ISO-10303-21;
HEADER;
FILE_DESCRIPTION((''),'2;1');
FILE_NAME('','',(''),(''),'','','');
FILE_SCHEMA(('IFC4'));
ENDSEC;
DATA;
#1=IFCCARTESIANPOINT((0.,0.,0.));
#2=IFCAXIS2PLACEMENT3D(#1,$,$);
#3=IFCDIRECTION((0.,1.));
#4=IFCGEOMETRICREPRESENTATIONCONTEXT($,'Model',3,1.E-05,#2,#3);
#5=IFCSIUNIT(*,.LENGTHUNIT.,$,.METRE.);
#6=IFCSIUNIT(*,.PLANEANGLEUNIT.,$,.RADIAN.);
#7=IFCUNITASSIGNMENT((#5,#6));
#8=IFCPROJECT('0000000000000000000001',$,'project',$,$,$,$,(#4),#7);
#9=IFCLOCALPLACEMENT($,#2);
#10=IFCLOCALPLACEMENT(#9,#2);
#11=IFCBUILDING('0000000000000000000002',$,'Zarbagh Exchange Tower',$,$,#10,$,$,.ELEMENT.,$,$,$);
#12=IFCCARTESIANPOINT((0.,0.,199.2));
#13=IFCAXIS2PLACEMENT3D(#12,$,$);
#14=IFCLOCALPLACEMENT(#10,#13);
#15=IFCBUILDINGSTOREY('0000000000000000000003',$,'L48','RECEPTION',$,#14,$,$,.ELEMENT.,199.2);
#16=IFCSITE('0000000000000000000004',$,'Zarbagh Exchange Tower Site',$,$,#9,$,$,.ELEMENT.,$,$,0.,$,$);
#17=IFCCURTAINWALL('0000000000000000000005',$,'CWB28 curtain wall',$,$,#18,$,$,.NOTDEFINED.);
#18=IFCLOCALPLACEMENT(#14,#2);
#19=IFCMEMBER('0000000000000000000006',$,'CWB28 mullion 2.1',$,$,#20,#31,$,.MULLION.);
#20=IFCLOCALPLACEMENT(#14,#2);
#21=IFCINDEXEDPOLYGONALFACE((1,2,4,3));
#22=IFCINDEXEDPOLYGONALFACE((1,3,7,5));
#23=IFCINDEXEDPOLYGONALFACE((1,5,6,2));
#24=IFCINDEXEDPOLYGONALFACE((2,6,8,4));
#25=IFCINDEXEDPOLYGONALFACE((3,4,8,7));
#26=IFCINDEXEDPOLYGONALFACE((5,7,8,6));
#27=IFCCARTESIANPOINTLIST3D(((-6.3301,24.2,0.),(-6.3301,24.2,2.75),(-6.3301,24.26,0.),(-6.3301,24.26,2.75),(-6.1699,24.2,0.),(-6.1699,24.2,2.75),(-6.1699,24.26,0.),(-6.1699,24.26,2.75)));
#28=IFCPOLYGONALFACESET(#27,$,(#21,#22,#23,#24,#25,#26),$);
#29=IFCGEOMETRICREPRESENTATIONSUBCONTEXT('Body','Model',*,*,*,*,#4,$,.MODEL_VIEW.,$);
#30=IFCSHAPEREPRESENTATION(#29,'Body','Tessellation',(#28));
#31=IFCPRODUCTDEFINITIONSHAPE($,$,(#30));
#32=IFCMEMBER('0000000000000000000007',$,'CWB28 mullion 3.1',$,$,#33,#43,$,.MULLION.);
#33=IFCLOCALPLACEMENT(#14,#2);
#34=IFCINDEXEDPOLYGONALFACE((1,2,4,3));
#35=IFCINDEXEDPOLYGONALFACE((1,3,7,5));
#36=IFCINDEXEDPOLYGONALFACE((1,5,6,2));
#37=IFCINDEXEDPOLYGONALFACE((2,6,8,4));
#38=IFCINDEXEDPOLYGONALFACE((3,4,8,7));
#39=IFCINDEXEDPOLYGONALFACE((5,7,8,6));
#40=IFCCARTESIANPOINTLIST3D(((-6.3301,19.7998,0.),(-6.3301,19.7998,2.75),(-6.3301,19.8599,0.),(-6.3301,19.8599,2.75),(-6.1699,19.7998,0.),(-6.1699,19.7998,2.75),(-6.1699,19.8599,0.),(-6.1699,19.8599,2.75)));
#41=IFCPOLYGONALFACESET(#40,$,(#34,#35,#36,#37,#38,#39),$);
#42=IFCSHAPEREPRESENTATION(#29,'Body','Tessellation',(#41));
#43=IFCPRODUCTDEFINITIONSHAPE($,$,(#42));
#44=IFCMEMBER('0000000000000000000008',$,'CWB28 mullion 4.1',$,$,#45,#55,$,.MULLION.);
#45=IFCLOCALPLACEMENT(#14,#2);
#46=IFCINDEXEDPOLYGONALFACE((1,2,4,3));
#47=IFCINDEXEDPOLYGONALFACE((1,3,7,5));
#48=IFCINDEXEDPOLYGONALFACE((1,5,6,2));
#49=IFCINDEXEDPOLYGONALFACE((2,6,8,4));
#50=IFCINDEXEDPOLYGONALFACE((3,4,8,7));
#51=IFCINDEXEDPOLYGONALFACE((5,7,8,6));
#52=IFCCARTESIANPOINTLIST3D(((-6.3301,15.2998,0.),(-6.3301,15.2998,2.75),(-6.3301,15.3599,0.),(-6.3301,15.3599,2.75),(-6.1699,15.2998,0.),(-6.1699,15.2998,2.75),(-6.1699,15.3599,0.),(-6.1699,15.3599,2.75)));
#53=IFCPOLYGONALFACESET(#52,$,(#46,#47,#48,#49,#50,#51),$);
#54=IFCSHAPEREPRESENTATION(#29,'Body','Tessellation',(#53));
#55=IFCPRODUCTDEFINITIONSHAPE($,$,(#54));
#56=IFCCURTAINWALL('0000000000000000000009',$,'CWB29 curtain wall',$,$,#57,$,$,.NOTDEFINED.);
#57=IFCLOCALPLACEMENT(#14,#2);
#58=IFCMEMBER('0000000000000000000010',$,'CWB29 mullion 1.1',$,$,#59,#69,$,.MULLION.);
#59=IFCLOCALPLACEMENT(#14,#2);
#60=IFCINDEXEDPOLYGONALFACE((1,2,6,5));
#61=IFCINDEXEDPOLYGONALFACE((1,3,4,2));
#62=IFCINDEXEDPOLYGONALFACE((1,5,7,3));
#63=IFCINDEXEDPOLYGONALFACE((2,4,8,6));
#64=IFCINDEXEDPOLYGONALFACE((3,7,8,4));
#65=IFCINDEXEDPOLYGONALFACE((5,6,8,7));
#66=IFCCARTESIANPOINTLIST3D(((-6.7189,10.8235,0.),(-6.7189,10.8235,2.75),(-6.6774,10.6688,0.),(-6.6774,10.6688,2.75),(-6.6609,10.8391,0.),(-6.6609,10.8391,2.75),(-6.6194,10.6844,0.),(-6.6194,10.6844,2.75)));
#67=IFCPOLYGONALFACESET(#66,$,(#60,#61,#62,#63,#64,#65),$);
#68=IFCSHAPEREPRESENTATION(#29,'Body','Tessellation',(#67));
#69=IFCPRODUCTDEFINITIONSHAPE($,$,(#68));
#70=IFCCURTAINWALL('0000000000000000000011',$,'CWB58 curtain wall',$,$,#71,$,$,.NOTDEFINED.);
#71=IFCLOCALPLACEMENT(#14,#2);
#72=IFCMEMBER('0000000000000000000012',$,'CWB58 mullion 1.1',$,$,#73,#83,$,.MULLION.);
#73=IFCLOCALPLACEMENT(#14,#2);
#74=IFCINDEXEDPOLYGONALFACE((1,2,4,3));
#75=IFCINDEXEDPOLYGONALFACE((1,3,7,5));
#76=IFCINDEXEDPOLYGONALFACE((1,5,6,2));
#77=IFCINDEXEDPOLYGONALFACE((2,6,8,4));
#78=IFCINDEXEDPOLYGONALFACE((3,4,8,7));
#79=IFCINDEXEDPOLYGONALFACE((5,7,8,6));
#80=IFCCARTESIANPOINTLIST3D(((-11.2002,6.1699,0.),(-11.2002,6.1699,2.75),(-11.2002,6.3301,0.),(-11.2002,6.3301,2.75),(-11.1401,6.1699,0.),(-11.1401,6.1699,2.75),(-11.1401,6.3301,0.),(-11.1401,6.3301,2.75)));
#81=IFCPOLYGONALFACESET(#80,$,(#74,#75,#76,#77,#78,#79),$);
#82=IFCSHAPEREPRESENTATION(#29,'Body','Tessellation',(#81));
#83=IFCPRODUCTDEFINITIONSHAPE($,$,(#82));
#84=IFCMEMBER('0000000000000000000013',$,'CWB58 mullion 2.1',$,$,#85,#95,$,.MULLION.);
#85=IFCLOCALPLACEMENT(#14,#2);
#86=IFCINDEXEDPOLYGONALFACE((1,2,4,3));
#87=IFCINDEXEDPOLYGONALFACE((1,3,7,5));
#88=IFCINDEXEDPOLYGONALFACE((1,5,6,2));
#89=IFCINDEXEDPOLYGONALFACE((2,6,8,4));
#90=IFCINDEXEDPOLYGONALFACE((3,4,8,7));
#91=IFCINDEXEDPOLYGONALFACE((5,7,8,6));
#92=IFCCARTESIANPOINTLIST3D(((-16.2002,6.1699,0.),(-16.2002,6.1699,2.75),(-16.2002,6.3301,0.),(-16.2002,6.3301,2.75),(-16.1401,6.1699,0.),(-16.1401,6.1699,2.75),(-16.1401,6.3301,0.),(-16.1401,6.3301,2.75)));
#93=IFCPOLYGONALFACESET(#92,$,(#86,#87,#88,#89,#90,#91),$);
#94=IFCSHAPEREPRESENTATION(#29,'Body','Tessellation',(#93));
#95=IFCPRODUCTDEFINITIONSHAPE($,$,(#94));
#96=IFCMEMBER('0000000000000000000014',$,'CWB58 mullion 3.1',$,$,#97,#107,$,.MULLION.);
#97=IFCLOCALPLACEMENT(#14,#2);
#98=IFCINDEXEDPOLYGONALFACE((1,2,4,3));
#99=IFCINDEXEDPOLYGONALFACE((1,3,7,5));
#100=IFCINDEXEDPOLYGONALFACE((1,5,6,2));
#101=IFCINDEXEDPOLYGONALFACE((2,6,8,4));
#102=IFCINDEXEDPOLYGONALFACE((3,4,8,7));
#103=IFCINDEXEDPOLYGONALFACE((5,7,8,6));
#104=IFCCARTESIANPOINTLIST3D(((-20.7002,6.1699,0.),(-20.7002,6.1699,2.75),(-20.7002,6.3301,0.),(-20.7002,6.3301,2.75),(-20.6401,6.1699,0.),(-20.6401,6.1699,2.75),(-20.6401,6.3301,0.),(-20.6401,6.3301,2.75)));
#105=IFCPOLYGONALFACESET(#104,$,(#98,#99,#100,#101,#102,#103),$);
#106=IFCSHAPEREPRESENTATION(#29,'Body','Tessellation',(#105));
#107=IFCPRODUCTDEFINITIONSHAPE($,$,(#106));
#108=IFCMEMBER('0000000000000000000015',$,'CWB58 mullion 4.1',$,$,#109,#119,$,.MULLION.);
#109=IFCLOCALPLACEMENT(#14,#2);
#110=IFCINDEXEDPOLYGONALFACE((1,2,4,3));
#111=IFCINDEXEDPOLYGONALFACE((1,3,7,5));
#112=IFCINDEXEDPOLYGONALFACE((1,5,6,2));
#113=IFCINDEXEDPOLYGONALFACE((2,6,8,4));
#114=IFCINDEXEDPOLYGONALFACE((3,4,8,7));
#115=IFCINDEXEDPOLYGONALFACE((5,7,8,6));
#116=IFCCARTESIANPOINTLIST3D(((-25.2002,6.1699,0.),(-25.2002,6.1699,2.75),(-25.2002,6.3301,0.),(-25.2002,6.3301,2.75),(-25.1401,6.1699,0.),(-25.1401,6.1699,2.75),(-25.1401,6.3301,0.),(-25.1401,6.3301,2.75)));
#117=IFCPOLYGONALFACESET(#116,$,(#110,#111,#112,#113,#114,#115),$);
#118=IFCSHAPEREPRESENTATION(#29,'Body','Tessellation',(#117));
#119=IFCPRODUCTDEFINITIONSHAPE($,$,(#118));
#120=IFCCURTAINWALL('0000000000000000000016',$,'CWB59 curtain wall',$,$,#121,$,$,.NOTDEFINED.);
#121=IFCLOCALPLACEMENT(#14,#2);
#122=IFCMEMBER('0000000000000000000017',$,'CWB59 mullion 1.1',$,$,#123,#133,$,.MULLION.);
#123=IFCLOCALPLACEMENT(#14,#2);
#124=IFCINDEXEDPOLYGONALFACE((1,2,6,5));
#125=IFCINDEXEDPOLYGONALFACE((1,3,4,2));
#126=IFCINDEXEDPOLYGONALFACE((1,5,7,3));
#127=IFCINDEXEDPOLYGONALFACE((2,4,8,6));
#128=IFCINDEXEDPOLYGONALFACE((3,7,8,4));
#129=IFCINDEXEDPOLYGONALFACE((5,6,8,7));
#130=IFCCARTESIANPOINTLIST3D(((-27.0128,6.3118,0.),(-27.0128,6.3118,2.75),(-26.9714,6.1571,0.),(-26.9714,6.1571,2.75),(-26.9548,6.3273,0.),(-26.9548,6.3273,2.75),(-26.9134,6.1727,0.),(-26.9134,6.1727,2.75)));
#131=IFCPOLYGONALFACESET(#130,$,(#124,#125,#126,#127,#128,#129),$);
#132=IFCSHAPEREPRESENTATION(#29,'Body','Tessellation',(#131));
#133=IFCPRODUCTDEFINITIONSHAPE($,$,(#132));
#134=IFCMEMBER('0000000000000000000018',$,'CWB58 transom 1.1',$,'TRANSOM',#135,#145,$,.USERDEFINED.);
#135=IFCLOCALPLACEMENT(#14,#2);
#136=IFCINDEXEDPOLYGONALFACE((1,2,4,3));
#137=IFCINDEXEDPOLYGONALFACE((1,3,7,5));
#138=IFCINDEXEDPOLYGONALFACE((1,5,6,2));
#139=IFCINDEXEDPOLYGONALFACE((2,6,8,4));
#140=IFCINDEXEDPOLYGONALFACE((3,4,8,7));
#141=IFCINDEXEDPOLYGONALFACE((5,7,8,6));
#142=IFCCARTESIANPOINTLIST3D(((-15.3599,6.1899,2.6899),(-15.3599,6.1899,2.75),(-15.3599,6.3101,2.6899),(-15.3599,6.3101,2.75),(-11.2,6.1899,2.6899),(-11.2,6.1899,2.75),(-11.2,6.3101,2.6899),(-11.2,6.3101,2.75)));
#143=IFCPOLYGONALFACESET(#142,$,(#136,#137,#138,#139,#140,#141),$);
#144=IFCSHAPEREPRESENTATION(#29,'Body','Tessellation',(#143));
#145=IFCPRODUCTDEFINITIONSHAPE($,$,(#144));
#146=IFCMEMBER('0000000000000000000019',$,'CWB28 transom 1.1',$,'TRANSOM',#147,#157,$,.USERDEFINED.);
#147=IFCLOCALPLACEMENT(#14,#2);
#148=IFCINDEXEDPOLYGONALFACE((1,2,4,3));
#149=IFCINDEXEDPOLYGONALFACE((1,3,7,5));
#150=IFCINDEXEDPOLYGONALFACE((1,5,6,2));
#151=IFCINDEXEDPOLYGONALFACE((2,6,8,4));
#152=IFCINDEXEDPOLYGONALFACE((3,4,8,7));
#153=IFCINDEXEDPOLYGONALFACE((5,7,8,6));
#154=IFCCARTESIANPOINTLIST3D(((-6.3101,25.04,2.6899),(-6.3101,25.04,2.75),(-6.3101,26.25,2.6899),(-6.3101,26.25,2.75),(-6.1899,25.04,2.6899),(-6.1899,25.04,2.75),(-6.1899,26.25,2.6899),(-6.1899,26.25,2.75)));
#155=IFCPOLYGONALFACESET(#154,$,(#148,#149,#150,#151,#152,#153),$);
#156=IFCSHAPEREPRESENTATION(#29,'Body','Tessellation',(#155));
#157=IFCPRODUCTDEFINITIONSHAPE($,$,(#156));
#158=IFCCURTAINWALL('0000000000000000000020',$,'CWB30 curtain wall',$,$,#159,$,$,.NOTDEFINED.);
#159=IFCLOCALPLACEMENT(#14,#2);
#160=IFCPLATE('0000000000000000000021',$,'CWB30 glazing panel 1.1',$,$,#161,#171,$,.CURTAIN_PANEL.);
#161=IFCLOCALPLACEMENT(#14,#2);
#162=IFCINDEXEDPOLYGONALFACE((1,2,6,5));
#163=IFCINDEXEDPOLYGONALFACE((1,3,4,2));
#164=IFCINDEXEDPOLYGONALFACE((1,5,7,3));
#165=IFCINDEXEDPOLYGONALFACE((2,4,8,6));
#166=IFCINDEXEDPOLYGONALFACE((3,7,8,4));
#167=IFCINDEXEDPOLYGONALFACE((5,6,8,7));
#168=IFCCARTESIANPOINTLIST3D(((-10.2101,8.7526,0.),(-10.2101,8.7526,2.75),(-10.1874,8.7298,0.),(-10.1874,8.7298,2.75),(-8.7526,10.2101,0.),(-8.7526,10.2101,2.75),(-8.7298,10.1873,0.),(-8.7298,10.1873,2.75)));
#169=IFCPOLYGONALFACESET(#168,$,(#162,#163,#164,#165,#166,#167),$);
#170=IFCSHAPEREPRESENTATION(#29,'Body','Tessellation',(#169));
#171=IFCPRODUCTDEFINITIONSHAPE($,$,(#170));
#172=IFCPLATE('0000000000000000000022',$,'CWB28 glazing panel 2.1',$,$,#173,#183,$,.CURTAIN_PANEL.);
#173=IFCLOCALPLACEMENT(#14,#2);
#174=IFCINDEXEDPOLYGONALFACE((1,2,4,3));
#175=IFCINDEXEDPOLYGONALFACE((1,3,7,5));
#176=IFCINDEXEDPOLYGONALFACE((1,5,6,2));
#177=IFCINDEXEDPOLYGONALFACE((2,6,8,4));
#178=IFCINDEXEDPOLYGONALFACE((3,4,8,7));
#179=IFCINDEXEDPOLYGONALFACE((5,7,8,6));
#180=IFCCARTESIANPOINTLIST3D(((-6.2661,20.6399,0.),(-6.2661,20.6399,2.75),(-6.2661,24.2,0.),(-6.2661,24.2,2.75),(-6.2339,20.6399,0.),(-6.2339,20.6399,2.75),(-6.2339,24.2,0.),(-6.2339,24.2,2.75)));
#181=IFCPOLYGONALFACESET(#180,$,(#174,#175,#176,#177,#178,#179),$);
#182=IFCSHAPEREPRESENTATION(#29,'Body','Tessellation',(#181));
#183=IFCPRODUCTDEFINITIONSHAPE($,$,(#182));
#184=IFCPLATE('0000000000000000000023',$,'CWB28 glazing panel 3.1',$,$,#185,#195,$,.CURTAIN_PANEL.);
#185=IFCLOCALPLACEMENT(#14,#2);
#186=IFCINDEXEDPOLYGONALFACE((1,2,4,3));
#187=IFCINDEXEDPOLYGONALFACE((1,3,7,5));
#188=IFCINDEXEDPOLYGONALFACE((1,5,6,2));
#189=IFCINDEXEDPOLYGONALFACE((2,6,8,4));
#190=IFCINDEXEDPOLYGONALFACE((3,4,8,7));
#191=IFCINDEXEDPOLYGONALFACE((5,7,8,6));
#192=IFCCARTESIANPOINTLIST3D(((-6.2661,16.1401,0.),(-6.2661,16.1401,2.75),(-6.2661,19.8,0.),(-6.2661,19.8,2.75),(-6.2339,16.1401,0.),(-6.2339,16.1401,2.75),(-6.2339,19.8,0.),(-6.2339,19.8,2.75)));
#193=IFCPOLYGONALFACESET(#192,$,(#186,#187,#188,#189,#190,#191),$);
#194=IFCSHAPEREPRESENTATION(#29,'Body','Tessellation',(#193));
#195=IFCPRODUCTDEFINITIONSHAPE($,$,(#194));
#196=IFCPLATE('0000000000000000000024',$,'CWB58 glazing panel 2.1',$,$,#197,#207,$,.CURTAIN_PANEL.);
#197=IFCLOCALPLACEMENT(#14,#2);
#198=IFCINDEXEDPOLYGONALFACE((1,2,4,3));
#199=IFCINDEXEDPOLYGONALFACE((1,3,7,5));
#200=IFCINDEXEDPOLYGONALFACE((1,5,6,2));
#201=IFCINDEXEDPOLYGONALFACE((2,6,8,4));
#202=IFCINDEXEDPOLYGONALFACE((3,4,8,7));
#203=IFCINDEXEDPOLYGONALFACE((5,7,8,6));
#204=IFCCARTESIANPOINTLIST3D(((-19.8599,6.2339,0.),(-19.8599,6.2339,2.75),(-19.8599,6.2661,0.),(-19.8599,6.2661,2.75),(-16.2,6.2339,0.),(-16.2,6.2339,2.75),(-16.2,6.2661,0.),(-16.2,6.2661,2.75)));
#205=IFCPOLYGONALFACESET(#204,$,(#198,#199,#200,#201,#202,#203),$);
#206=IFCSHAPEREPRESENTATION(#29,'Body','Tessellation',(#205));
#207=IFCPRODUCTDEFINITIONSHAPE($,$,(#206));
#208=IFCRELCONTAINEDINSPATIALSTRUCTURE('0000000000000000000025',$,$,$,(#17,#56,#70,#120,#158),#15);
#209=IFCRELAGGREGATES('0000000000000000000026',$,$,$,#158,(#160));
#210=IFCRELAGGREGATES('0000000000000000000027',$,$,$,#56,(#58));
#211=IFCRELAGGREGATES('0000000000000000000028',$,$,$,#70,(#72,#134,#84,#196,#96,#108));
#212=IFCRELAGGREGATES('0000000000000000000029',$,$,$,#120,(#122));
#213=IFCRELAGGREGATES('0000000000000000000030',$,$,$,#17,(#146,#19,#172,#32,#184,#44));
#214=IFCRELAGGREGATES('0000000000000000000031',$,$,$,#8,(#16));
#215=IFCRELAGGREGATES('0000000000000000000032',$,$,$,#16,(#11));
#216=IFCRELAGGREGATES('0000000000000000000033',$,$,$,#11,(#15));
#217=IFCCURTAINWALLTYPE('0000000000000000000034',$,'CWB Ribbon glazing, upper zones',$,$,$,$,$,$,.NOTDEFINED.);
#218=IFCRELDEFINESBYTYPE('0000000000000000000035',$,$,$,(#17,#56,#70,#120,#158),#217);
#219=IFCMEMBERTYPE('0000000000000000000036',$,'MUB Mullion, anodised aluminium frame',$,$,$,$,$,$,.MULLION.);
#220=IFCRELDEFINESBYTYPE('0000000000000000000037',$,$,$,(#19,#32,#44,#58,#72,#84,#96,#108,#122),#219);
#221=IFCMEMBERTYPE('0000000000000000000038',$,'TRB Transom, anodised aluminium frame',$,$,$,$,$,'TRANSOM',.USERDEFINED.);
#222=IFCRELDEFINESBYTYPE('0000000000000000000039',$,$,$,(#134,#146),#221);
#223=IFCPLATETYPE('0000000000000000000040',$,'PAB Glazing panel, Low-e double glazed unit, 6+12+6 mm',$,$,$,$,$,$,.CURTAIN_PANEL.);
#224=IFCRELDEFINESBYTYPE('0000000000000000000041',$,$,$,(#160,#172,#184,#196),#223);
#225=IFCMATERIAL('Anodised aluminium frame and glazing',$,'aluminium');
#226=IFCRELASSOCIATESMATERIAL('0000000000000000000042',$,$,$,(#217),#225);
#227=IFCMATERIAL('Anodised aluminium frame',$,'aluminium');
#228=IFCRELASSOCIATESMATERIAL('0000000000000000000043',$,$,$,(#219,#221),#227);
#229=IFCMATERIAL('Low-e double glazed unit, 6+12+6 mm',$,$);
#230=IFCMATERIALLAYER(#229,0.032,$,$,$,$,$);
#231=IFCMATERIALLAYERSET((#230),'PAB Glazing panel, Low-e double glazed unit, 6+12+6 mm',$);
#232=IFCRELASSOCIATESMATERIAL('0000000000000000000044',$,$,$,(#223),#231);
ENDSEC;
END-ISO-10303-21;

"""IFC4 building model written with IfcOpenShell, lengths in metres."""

from ifc_helpers import new_model, si_unit, direction, frame, origin, place, context, subcontext, project, spatial, polyline, outline, extrude, source, transform, mapped, material, layer, layer_set, type_object, element, aggregate, save


model = new_model("IFC4")

# Units and contexts
model_context = context("Model", 3, precision=1e-05, world=origin(), true_north=direction((0.0, 1.0)))
body_context = subcontext(model_context, "Body", "Model", "MODEL_VIEW")
ifc_project = project(units=[si_unit("LENGTHUNIT", "METRE"), si_unit("PLANEANGLEUNIT", "RADIAN")], contexts=[model_context])

# Site, building, storey
site_placement = place(None, origin())
site = spatial("IfcSite", under=ifc_project, at=site_placement, Name="Zarbagh Exchange Tower Site", CompositionType="ELEMENT", RefElevation=0.0)
building_placement = place(site_placement, origin())
building = spatial("IfcBuilding", under=site, at=building_placement, Name="Zarbagh Exchange Tower", CompositionType="ELEMENT")
storey_placement = place(building_placement, frame((0.0, 0.0, 199.2)))
storey = spatial("IfcBuildingStorey", under=building, at=storey_placement, Name="L48", Description="RECEPTION", CompositionType="ELEMENT", Elevation=199.2)

# Curtain wall, members
ifc_material_1 = material(Name="Anodised aluminium frame and glazing", Category="aluminium")
curtain_wall_type = type_object("IfcCurtainWallType", Name="CWB Ribbon glazing, upper zones", PredefinedType="NOTDEFINED", material=ifc_material_1)
curtain_wall_1_placement = place(storey_placement, origin())
curtain_wall_1 = element("IfcCurtainWall", 1, at=curtain_wall_1_placement, inside=storey, type_object=curtain_wall_type, Name="CWB28 curtain wall", PredefinedType="NOTDEFINED")
ifc_material_2 = material(Name="Anodised aluminium frame", Category="aluminium")
member_type_1 = type_object("IfcMemberType", Name="MUB Mullion, anodised aluminium frame", PredefinedType="MULLION", material=ifc_material_2)
shared_shape_1 = source(origin(), body_context, "Body", "SweptSolid", [
    extrude(outline(polyline([(0.0, -0.0801), (0.0601, -0.0801), (0.0601, 0.0801), (0.0, 0.0801), (0.0, -0.0801)])), origin(), (0.0, 0.0, 1.0), 2.75),
])
placement = place(storey_placement, origin())
member_1 = element("IfcMember", 2, at=placement, type_object=member_type_1, Name="CWB28 mullion 2.1", PredefinedType="MULLION", context=body_context, shape_type="MappedRepresentation", body=[
    mapped(shared_shape_1, transform((-6.25, 24.26, 0.0), x_axis=(0.0, -1.0, 0.0), y_axis=(1.0, 0.0, 0.0), z_axis=(0.0, 0.0, 1.0))),
])
member_2 = element("IfcMember", 3, at=placement, type_object=member_type_1, Name="CWB28 mullion 3.1", PredefinedType="MULLION", context=body_context, shape_type="MappedRepresentation", body=[
    mapped(shared_shape_1, transform((-6.25, 19.8599, 0.0), x_axis=(0.0, -1.0, 0.0), y_axis=(1.0, 0.0, 0.0), z_axis=(0.0, 0.0, 1.0))),
])
member_3 = element("IfcMember", 4, at=placement, type_object=member_type_1, Name="CWB28 mullion 4.1", PredefinedType="MULLION", context=body_context, shape_type="MappedRepresentation", body=[
    mapped(shared_shape_1, transform((-6.25, 15.3599, 0.0), x_axis=(0.0, -1.0, 0.0), y_axis=(1.0, 0.0, 0.0), z_axis=(0.0, 0.0, 1.0))),
])

# Curtain wall, member
curtain_wall_2_placement = place(storey_placement, origin())
curtain_wall_2 = element("IfcCurtainWall", 5, at=curtain_wall_2_placement, inside=storey, type_object=curtain_wall_type, Name="CWB29 curtain wall", PredefinedType="NOTDEFINED")
member_4 = element("IfcMember", 6, at=placement, type_object=member_type_1, Name="CWB29 mullion 1.1", PredefinedType="MULLION", context=body_context, shape_type="MappedRepresentation", body=[
    mapped(shared_shape_1, transform((-6.6401, 10.7617, 0.0), x_axis=(-0.965924, -0.258825, 0.0), y_axis=(0.258825, -0.965924, 0.0), z_axis=(0.0, 0.0, 1.0))),
])

# Curtain wall, members
curtain_wall_3_placement = place(storey_placement, origin())
curtain_wall_3 = element("IfcCurtainWall", 7, at=curtain_wall_3_placement, inside=storey, type_object=curtain_wall_type, Name="CWB58 curtain wall", PredefinedType="NOTDEFINED")
member_5 = element("IfcMember", 8, at=placement, type_object=member_type_1, Name="CWB58 mullion 1.1", PredefinedType="MULLION", context=body_context, shape_type="MappedRepresentation", body=[
    mapped(shared_shape_1, transform((-11.1401, 6.25, 0.0), x_axis=(-1.0, 0.0, 0.0), y_axis=(0.0, -1.0, 0.0), z_axis=(0.0, 0.0, 1.0))),
])
member_6 = element("IfcMember", 9, at=placement, type_object=member_type_1, Name="CWB58 mullion 2.1", PredefinedType="MULLION", context=body_context, shape_type="MappedRepresentation", body=[
    mapped(shared_shape_1, transform((-16.1401, 6.25, 0.0), x_axis=(-1.0, 0.0, 0.0), y_axis=(0.0, -1.0, 0.0), z_axis=(0.0, 0.0, 1.0))),
])
member_7 = element("IfcMember", 10, at=placement, type_object=member_type_1, Name="CWB58 mullion 3.1", PredefinedType="MULLION", context=body_context, shape_type="MappedRepresentation", body=[
    mapped(shared_shape_1, transform((-20.6401, 6.25, 0.0), x_axis=(-1.0, 0.0, 0.0), y_axis=(0.0, -1.0, 0.0), z_axis=(0.0, 0.0, 1.0))),
])
member_8 = element("IfcMember", 11, at=placement, type_object=member_type_1, Name="CWB58 mullion 4.1", PredefinedType="MULLION", context=body_context, shape_type="MappedRepresentation", body=[
    mapped(shared_shape_1, transform((-25.1401, 6.25, 0.0), x_axis=(-1.0, 0.0, 0.0), y_axis=(0.0, -1.0, 0.0), z_axis=(0.0, 0.0, 1.0))),
])

# Curtain wall, member
curtain_wall_4_placement = place(storey_placement, origin())
curtain_wall_4 = element("IfcCurtainWall", 12, at=curtain_wall_4_placement, inside=storey, type_object=curtain_wall_type, Name="CWB59 curtain wall", PredefinedType="NOTDEFINED")
member_9 = element("IfcMember", 13, at=placement, type_object=member_type_1, Name="CWB59 mullion 1.1", PredefinedType="MULLION", context=body_context, shape_type="MappedRepresentation", body=[
    mapped(shared_shape_1, transform((-26.9341, 6.25, 0.0), x_axis=(-0.965924, -0.258825, 0.0), y_axis=(0.258825, -0.965924, 0.0), z_axis=(0.0, 0.0, 1.0))),
])

# Members
member_type_2 = type_object("IfcMemberType", Name="TRB Transom, anodised aluminium frame", ElementType="TRANSOM", PredefinedType="USERDEFINED", material=ifc_material_2)
shared_shape_2 = source(origin(), body_context, "Body", "SweptSolid", [
    extrude(outline(polyline([(-0.0601, -0.0601), (0.0, -0.0601), (0.0, 0.0601), (-0.0601, 0.0601), (-0.0601, -0.0601)])), origin(), (0.0, 0.0, 1.0), 4.1599),
])
member_10 = element("IfcMember", 14, at=placement, type_object=member_type_2, Name="CWB58 transom 1.1", ObjectType="TRANSOM", PredefinedType="USERDEFINED", context=body_context, shape_type="MappedRepresentation", body=[
    mapped(shared_shape_2, transform((-11.2, 6.25, 2.75), x_axis=(0.0, 0.0, 1.0), y_axis=(0.0, 1.0, 0.0), z_axis=(-1.0, 0.0, 0.0))),
])
shared_shape_3 = source(origin(), body_context, "Body", "SweptSolid", [
    extrude(outline(polyline([(-0.0601, -0.0601), (0.0, -0.0601), (0.0, 0.0601), (-0.0601, 0.0601), (-0.0601, -0.0601)])), origin(), (0.0, 0.0, 1.0), 1.21),
])
member_11 = element("IfcMember", 15, at=placement, type_object=member_type_2, Name="CWB28 transom 1.1", ObjectType="TRANSOM", PredefinedType="USERDEFINED", context=body_context, shape_type="MappedRepresentation", body=[
    mapped(shared_shape_3, transform((-6.25, 26.25, 2.75), x_axis=(0.0, 0.0, 1.0), y_axis=(-1.0, 0.0, 0.0), z_axis=(0.0, -1.0, 0.0))),
])

# Curtain wall, plate
curtain_wall_5_placement = place(storey_placement, origin())
curtain_wall_5 = element("IfcCurtainWall", 16, at=curtain_wall_5_placement, inside=storey, type_object=curtain_wall_type, Name="CWB30 curtain wall", PredefinedType="NOTDEFINED")
ifc_material_3 = material(Name="Low-e double glazed unit, 6+12+6 mm")
ifc_layer = layer(ifc_material_3, 0.032)
ifc_layer_set = layer_set([ifc_layer], Name="PAB Glazing panel, Low-e double glazed unit, 6+12+6 mm")
plate_type = type_object("IfcPlateType", Name="PAB Glazing panel, Low-e double glazed unit, 6+12+6 mm", PredefinedType="CURTAIN_PANEL", material=ifc_layer_set)
shared_shape_4 = source(origin(), body_context, "Body", "SweptSolid", [
    extrude(outline(polyline([(0.0, -0.0161), (2.0613, -0.0161), (2.0613, 0.0161), (0.0, 0.0161), (0.0, -0.0161)])), origin(), (0.0, 0.0, 1.0), 2.75),
])
plate_1 = element("IfcPlate", 17, at=placement, type_object=plate_type, Name="CWB30 glazing panel 1.1", PredefinedType="CURTAIN_PANEL", context=body_context, shape_type="MappedRepresentation", body=[
    mapped(shared_shape_4, transform((-8.7412, 10.1987, 0.0), x_axis=(-0.707107, -0.707107, 0.0), y_axis=(0.707107, -0.707107, 0.0), z_axis=(0.0, 0.0, 1.0))),
])
aggregate(curtain_wall_5, [plate_1])

# Plates
shared_shape_5 = source(origin(), body_context, "Body", "SweptSolid", [
    extrude(outline(polyline([(0.0, -0.0161), (3.5601, -0.0161), (3.5601, 0.0161), (0.0, 0.0161), (0.0, -0.0161)])), origin(), (0.0, 0.0, 1.0), 2.75),
])
plate_2 = element("IfcPlate", 18, at=placement, type_object=plate_type, Name="CWB28 glazing panel 2.1", PredefinedType="CURTAIN_PANEL", context=body_context, shape_type="MappedRepresentation", body=[
    mapped(shared_shape_5, transform((-6.25, 24.2, 0.0), x_axis=(0.0, -1.0, 0.0), y_axis=(1.0, 0.0, 0.0), z_axis=(0.0, 0.0, 1.0))),
])
shared_shape_6 = source(origin(), body_context, "Body", "SweptSolid", [
    extrude(outline(polyline([(0.0, -0.0161), (3.6599, -0.0161), (3.6599, 0.0161), (0.0, 0.0161), (0.0, -0.0161)])), origin(), (0.0, 0.0, 1.0), 2.75),
])
plate_3 = element("IfcPlate", 19, at=placement, type_object=plate_type, Name="CWB28 glazing panel 3.1", PredefinedType="CURTAIN_PANEL", context=body_context, shape_type="MappedRepresentation", body=[
    mapped(shared_shape_6, transform((-6.25, 19.8, 0.0), x_axis=(0.0, -1.0, 0.0), y_axis=(1.0, 0.0, 0.0), z_axis=(0.0, 0.0, 1.0))),
])
plate_4 = element("IfcPlate", 20, at=placement, type_object=plate_type, Name="CWB58 glazing panel 2.1", PredefinedType="CURTAIN_PANEL", context=body_context, shape_type="MappedRepresentation", body=[
    mapped(shared_shape_6, transform((-16.2, 6.25, 0.0), x_axis=(-1.0, 0.0, 0.0), y_axis=(0.0, -1.0, 0.0), z_axis=(0.0, 0.0, 1.0))),
])
aggregate(curtain_wall_2, [member_4])

aggregate(curtain_wall_3, [member_5, member_10, member_6, plate_4, member_7, member_8])
aggregate(curtain_wall_4, [member_9])
aggregate(curtain_wall_1, [member_11, member_1, plate_2, member_2, plate_3, member_3])

save(model, "model.ifc")
